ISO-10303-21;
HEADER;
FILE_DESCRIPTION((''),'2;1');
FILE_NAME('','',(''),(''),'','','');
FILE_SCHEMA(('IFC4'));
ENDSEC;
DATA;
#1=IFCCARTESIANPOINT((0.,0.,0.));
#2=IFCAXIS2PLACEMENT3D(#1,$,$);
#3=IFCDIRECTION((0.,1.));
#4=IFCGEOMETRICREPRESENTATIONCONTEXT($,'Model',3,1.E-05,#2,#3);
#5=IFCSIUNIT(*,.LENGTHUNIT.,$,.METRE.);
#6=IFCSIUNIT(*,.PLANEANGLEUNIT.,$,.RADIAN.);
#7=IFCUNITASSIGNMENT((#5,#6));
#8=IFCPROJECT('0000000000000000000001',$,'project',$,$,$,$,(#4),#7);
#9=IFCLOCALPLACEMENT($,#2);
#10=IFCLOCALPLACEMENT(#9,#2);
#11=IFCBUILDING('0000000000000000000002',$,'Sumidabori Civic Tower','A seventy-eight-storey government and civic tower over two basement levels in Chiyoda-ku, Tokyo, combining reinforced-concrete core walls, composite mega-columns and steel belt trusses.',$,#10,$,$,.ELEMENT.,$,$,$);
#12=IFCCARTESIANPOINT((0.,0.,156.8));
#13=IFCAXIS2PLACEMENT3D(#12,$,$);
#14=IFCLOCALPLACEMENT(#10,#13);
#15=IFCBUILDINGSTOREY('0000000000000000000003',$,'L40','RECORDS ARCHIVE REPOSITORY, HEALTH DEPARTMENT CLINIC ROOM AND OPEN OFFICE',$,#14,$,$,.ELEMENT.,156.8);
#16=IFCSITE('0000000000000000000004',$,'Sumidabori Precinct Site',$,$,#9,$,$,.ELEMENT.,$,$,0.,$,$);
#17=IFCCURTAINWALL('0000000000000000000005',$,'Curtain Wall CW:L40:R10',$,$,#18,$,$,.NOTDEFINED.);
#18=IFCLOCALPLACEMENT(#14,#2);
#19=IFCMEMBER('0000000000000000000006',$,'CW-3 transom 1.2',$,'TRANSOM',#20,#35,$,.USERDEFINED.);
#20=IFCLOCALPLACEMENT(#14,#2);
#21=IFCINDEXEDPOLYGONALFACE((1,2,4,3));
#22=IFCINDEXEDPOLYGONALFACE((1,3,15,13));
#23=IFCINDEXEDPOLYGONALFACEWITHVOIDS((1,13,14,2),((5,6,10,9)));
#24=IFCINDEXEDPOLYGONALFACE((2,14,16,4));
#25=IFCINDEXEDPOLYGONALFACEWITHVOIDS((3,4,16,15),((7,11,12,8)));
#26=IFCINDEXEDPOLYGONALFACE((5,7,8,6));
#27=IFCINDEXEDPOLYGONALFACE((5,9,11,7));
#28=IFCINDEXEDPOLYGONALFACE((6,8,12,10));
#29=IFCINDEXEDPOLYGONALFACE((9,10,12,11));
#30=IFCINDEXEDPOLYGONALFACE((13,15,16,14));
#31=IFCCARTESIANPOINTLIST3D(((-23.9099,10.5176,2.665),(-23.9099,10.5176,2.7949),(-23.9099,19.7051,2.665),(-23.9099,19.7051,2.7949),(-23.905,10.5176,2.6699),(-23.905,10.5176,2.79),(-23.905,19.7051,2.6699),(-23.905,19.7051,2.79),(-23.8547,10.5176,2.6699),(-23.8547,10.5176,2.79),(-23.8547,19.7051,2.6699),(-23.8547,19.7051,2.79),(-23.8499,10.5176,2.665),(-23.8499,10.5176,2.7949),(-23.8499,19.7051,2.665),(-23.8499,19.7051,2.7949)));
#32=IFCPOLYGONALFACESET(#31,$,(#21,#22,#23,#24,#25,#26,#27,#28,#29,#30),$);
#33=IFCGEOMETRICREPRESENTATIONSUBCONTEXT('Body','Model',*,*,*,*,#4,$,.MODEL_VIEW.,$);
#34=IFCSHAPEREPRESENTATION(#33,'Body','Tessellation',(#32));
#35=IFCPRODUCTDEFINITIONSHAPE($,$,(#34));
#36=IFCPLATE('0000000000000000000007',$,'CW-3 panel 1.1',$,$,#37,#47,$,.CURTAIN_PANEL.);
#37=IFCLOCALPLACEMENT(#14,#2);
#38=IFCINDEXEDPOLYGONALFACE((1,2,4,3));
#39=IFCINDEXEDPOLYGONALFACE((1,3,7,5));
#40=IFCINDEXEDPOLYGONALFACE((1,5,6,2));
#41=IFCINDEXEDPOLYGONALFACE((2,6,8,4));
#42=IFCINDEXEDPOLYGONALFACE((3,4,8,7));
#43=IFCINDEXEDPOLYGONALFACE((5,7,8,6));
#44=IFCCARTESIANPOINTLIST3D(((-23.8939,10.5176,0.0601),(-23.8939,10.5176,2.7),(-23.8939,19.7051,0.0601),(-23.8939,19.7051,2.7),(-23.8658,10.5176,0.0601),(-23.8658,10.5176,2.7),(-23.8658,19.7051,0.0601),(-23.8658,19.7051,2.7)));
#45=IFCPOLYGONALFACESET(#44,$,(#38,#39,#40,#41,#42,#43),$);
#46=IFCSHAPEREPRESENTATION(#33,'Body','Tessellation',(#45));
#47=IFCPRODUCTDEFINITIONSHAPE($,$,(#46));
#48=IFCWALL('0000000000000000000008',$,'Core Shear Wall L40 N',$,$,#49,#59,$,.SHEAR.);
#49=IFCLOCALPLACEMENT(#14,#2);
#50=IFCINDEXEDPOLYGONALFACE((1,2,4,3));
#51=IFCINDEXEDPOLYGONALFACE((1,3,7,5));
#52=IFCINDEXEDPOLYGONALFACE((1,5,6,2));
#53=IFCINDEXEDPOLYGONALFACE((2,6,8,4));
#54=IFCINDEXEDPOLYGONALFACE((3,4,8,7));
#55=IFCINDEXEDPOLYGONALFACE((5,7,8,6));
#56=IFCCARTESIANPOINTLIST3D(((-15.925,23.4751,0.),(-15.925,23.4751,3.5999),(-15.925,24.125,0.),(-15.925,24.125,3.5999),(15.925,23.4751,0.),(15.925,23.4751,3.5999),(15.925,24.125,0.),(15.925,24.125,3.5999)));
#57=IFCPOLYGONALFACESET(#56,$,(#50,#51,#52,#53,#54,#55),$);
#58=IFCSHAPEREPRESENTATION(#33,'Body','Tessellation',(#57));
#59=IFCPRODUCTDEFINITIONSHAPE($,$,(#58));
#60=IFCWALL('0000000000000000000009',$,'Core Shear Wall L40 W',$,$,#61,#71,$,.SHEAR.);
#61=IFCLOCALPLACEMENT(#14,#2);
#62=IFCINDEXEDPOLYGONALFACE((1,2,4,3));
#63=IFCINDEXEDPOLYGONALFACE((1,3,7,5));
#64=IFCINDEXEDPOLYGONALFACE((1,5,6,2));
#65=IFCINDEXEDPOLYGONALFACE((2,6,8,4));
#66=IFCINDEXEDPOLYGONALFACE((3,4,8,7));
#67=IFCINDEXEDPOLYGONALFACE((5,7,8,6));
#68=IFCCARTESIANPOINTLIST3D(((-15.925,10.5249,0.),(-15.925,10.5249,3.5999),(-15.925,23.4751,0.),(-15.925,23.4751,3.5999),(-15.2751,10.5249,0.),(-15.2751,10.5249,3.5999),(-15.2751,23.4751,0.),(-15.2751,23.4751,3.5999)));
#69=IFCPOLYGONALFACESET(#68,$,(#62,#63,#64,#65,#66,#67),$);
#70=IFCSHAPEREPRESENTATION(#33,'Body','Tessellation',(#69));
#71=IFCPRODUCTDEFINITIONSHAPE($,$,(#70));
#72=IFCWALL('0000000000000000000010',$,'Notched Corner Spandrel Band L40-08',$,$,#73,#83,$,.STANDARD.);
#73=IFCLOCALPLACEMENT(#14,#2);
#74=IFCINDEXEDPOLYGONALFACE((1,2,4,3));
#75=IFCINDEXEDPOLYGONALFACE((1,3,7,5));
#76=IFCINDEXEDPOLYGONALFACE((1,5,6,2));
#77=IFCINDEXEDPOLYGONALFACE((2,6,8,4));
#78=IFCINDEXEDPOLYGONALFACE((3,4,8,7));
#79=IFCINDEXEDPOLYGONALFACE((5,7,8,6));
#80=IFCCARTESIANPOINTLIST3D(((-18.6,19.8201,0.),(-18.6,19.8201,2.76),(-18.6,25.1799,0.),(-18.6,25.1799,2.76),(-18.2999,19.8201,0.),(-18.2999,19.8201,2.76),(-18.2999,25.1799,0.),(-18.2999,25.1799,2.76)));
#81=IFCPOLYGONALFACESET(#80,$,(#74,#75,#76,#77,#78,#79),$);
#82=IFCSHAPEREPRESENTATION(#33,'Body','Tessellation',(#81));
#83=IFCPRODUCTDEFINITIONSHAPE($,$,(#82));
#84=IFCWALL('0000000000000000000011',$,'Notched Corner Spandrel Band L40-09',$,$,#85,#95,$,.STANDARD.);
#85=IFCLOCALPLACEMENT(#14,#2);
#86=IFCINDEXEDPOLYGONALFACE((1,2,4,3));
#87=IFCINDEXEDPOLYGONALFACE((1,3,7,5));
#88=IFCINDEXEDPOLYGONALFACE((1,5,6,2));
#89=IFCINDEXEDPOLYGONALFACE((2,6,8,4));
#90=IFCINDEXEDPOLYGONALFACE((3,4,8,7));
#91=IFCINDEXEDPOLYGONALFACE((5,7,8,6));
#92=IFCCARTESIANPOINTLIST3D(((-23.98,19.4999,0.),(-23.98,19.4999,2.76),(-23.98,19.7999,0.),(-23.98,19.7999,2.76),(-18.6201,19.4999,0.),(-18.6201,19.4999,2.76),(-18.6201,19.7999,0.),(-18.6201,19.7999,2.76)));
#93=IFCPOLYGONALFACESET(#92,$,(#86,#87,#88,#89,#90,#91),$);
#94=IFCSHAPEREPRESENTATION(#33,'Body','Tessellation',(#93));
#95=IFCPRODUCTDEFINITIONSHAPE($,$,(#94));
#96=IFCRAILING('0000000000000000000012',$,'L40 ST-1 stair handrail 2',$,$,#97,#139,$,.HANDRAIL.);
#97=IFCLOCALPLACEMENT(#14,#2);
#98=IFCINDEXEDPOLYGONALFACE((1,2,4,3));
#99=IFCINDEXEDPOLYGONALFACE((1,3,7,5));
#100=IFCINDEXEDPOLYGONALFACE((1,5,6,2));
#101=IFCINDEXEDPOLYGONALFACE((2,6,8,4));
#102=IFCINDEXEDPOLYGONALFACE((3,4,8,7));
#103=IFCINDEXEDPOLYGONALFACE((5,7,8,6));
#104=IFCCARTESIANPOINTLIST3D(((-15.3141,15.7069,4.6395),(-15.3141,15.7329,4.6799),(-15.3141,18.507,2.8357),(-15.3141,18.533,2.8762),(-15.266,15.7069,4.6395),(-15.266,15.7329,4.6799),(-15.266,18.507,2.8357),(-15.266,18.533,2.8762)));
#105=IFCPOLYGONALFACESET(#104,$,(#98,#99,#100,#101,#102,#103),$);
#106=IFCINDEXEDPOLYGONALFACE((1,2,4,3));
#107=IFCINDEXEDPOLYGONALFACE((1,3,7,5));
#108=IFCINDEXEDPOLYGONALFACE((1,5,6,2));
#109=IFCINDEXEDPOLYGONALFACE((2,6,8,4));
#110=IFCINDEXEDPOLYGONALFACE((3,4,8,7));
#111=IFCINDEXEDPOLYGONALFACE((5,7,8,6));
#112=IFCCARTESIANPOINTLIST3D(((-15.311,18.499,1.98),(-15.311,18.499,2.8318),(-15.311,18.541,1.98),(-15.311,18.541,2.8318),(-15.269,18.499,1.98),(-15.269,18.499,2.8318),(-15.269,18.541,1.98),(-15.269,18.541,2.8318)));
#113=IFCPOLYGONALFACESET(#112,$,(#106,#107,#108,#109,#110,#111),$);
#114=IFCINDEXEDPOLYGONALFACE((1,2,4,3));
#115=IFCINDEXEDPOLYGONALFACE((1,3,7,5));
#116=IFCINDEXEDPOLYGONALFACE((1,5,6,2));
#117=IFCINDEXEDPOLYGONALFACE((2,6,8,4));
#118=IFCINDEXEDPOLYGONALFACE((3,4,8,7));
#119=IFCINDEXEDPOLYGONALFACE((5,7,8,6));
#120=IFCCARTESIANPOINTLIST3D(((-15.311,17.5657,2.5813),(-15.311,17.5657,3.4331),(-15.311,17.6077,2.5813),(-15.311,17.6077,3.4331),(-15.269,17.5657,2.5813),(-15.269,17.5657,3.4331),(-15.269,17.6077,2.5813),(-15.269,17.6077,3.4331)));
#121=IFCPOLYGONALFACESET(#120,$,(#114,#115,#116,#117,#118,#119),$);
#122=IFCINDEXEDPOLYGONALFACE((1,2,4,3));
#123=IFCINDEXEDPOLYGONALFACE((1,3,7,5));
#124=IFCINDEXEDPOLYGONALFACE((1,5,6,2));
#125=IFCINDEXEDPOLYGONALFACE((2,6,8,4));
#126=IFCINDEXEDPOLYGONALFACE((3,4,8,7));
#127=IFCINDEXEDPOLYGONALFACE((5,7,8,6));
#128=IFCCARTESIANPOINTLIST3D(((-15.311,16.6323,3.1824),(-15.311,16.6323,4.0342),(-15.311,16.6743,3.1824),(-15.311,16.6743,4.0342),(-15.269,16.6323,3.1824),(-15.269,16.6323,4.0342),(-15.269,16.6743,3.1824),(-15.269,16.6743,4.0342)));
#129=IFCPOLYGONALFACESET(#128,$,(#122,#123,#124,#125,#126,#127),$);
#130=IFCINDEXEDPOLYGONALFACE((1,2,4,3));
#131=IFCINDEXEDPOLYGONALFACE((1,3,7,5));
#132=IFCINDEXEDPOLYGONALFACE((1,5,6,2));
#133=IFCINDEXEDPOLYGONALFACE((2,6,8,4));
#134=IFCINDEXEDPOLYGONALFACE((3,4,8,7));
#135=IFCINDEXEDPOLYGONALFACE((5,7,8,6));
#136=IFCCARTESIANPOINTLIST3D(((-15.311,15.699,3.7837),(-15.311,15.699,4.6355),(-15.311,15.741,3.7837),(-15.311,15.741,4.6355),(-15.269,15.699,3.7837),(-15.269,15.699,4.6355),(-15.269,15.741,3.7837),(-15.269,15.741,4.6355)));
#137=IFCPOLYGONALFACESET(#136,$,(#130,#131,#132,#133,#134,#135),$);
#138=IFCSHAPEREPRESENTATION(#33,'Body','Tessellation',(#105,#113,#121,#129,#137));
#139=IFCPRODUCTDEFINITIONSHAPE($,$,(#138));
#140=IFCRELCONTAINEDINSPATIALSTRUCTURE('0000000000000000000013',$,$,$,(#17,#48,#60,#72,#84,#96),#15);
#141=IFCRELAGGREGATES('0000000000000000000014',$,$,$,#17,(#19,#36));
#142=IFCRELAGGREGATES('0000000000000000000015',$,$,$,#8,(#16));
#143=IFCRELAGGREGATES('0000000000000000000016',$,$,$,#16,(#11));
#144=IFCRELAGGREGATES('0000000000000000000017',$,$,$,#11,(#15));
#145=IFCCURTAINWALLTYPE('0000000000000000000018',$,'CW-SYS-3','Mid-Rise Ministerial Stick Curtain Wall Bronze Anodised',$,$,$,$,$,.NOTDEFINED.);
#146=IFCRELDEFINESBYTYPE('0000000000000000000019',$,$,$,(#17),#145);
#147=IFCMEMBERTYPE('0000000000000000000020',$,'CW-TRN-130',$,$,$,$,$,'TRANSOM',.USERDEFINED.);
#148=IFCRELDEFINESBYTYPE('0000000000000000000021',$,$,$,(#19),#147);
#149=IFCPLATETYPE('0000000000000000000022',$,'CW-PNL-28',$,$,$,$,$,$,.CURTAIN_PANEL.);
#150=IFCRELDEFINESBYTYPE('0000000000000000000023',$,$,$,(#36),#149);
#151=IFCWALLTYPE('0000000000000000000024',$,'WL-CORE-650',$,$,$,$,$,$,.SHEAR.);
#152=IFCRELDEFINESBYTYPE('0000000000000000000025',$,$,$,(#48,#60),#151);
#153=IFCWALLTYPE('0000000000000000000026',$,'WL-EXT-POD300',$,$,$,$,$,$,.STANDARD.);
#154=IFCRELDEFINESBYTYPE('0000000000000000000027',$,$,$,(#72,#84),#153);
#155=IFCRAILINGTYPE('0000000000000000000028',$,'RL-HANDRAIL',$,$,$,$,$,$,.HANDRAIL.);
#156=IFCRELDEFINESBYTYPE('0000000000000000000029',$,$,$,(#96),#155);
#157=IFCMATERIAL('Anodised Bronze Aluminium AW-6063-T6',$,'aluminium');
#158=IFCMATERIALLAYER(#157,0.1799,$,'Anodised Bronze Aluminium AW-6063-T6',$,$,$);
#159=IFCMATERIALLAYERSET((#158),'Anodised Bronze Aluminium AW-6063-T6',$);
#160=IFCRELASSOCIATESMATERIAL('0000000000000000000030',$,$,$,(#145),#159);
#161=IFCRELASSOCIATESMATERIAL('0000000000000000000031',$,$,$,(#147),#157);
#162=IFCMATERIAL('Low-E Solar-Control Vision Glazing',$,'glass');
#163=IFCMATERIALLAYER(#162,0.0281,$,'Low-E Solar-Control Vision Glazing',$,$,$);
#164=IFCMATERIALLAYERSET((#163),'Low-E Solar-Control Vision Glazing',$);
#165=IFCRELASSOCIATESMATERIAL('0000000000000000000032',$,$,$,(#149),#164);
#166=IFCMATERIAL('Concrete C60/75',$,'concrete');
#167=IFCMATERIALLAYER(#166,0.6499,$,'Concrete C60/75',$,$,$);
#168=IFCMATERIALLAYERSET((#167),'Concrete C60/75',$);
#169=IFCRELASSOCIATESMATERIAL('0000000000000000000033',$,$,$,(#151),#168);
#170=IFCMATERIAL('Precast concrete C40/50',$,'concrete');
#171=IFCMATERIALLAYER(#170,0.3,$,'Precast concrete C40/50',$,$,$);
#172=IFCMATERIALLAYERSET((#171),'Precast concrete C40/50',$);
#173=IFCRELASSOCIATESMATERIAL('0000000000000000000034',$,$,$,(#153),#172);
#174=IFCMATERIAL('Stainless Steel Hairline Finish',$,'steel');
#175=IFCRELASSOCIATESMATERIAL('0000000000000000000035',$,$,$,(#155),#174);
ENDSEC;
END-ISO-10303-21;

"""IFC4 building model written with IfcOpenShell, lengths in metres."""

from ifc_helpers import new_model, si_unit, direction, frame, frame_2d, origin, origin_2d, place, context, subcontext, project, spatial, rectangle, hollow_rectangle, extrude, source, transform, mapped, material, layer, layer_set, material_profile, profile_set, type_object, element, aggregate, save


model = new_model("IFC4")

# Units and contexts
model_context = context("Model", 3, precision=1e-05, world=origin(), true_north=direction((0.0, 1.0)))
body_context = subcontext(model_context, "Body", "Model", "MODEL_VIEW")
ifc_project = project(units=[si_unit("LENGTHUNIT", "METRE"), si_unit("PLANEANGLEUNIT", "RADIAN")], contexts=[model_context])

# Site, building, storey
site_placement = place(None, origin())
site = spatial("IfcSite", under=ifc_project, at=site_placement, Name="Sumidabori Precinct Site", CompositionType="ELEMENT", RefElevation=0.0)
building_placement = place(site_placement, origin())
building = spatial("IfcBuilding", under=site, at=building_placement, Name="Sumidabori Civic Tower", Description="A seventy-eight-storey government and civic tower over two basement levels in Chiyoda-ku, Tokyo, combining reinforced-concrete core walls, composite mega-columns and steel belt trusses.", CompositionType="ELEMENT")
storey_placement = place(building_placement, frame((0.0, 0.0, 156.8)))
storey = spatial("IfcBuildingStorey", under=building, at=storey_placement, Name="L40", Description="RECORDS ARCHIVE REPOSITORY, HEALTH DEPARTMENT CLINIC ROOM AND OPEN OFFICE", CompositionType="ELEMENT", Elevation=156.8)

# Shared definitions
ifc_material_1 = material(Name="Concrete C60/75", Category="concrete")

# Shared definitions
ifc_material_2 = material(Name="Anodised Bronze Aluminium AW-6063-T6", Category="aluminium")
ifc_layer_1 = layer(ifc_material_2, 0.1799, Name="Anodised Bronze Aluminium AW-6063-T6")
ifc_layer_set_1 = layer_set([ifc_layer_1], Name="Anodised Bronze Aluminium AW-6063-T6")
curtain_wall_type = type_object("IfcCurtainWallType", Name="CW-SYS-3", Description="Mid-Rise Ministerial Stick Curtain Wall Bronze Anodised", PredefinedType="NOTDEFINED", material=ifc_layer_set_1)

# Curtain wall, member, plate
curtain_wall_1_placement = place(storey_placement, origin())
curtain_wall_1 = element("IfcCurtainWall", 1, at=curtain_wall_1_placement, inside=storey, type_object=curtain_wall_type, Name="Curtain Wall CW:L40:R10", PredefinedType="NOTDEFINED")
ifc_material_profile_1 = material_profile(ifc_material_2, hollow_rectangle(XDim=0.0601, YDim=0.1299, WallThickness=0.0049, at=origin_2d()), Name="ALU TRANSOM 130x60")
ifc_profile_set_1 = profile_set([ifc_material_profile_1], Name="Anodised Bronze Aluminium AW-6063-T6")
member_type_1 = type_object("IfcMemberType", Name="CW-TRN-130", ElementType="TRANSOM", PredefinedType="USERDEFINED", material=ifc_profile_set_1)
shared_shape_1 = source(origin(), body_context, "Body", "SweptSolid", [
    extrude(hollow_rectangle(XDim=0.0601, YDim=0.1299, WallThickness=0.0049, at=origin_2d()), origin(), (0.0, 0.0, 1.0), 9.1875),
])
member_1_placement = place(storey_placement, frame((-23.8799, 19.7051, 2.73), z_axis=(0.0, -1.0, 0.0), x_axis=(1.0, 0.0, 0.0)))
member_1 = element("IfcMember", 2, at=member_1_placement, type_object=member_type_1, Name="CW-3 transom 1.2", ObjectType="TRANSOM", PredefinedType="USERDEFINED", context=body_context, shape_type="MappedRepresentation", body=[
    mapped(shared_shape_1, transform((0.0, 0.0, 0.0), x_axis=(1.0, 0.0, 0.0), y_axis=(0.0, 1.0, 0.0), z_axis=(0.0, 0.0, 1.0), scale=1.0)),
])
ifc_material_3 = material(Name="Low-E Solar-Control Vision Glazing", Category="glass")
ifc_layer_2 = layer(ifc_material_3, 0.0281, Name="Low-E Solar-Control Vision Glazing")
ifc_layer_set_2 = layer_set([ifc_layer_2], Name="Low-E Solar-Control Vision Glazing")
plate_type = type_object("IfcPlateType", Name="CW-PNL-28", PredefinedType="CURTAIN_PANEL", material=ifc_layer_set_2)
shared_shape_2 = source(origin(), body_context, "Body", "SweptSolid", [
    extrude(rectangle(XDim=9.1875, YDim=0.0281, at=origin_2d()), origin(), (0.0, 0.0, 1.0), 2.6399),
])
plate_placement = place(storey_placement, frame((-23.8799, 15.1113, 0.0601), z_axis=(0.0, 0.0, 1.0), x_axis=(0.0, -1.0, 0.0)))
plate = element("IfcPlate", 3, at=plate_placement, type_object=plate_type, Name="CW-3 panel 1.1", PredefinedType="CURTAIN_PANEL", context=body_context, shape_type="MappedRepresentation", body=[
    mapped(shared_shape_2, transform((0.0, 0.0, 0.0), x_axis=(1.0, 0.0, 0.0), y_axis=(0.0, 1.0, 0.0), z_axis=(0.0, 0.0, 1.0), scale=1.0)),
])
aggregate(curtain_wall_1, [member_1, plate])

# Walls
ifc_layer_3 = layer(ifc_material_1, 0.6499, Name="Concrete C60/75")
ifc_layer_set_3 = layer_set([ifc_layer_3], Name="Concrete C60/75")
wall_type_1 = type_object("IfcWallType", Name="WL-CORE-650", PredefinedType="SHEAR", material=ifc_layer_set_3)
shared_shape_3 = source(origin(), body_context, "Body", "SweptSolid", [
    extrude(rectangle(XDim=31.8501, YDim=0.6499, at=frame_2d((15.925, 0.0))), origin(), (0.0, 0.0, 1.0), 3.5999),
])
wall_1_placement = place(storey_placement, frame((-15.925, 23.8, 0.0), z_axis=(0.0, 0.0, 1.0), x_axis=(1.0, 0.0, 0.0)))
element("IfcWall", 4, at=wall_1_placement, inside=storey, type_object=wall_type_1, Name="Core Shear Wall L40 N", PredefinedType="SHEAR", context=body_context, shape_type="MappedRepresentation", body=[
    mapped(shared_shape_3, transform((0.0, 0.0, 0.0), x_axis=(1.0, 0.0, 0.0), y_axis=(0.0, 1.0, 0.0), z_axis=(0.0, 0.0, 1.0), scale=1.0)),
])
shared_shape_4 = source(origin(), body_context, "Body", "SweptSolid", [
    extrude(rectangle(XDim=12.9502, YDim=0.6499, at=frame_2d((6.4751, 0.0))), origin(), (0.0, 0.0, 1.0), 3.5999),
])
wall_2_placement = place(storey_placement, frame((-15.6001, 10.5249, 0.0), z_axis=(0.0, 0.0, 1.0), x_axis=(0.0, 1.0, 0.0)))
element("IfcWall", 5, at=wall_2_placement, inside=storey, type_object=wall_type_1, Name="Core Shear Wall L40 W", PredefinedType="SHEAR", context=body_context, shape_type="MappedRepresentation", body=[
    mapped(shared_shape_4, transform((0.0, 0.0, 0.0), x_axis=(1.0, 0.0, 0.0), y_axis=(0.0, 1.0, 0.0), z_axis=(0.0, 0.0, 1.0), scale=1.0)),
])
ifc_material_4 = material(Name="Precast concrete C40/50", Category="concrete")
ifc_layer_4 = layer(ifc_material_4, 0.3, Name="Precast concrete C40/50")
ifc_layer_set_4 = layer_set([ifc_layer_4], Name="Precast concrete C40/50")
wall_type_2 = type_object("IfcWallType", Name="WL-EXT-POD300", PredefinedType="STANDARD", material=ifc_layer_set_4)
shared_shape_5 = source(origin(), body_context, "Body", "SweptSolid", [
    extrude(rectangle(XDim=5.3599, YDim=0.3, at=frame_2d((2.6799, 0.0))), origin(), (0.0, 0.0, 1.0), 2.76),
])
for number, where, z_axis, x_axis, name in (
    (6, (-18.45, 25.1799, 0.0), (0.0, 0.0, 1.0), (0.0, -1.0, 0.0), "Notched Corner Spandrel Band L40-08"),
    (7, (-18.6201, 19.6499, 0.0), (0.0, 0.0, 1.0), (-1.0, 0.0, 0.0), "Notched Corner Spandrel Band L40-09"),
):
    element("IfcWall", number, at=place(storey_placement, frame(where, z_axis=z_axis, x_axis=x_axis)), inside=storey, type_object=wall_type_2, Name=name, PredefinedType="STANDARD", context=body_context, shape_type="MappedRepresentation", body=[
        mapped(shared_shape_5, transform((0.0, 0.0, 0.0), x_axis=(1.0, 0.0, 0.0), y_axis=(0.0, 1.0, 0.0), z_axis=(0.0, 0.0, 1.0), scale=1.0)),
    ])

# Railing
ifc_material_5 = material(Name="Stainless Steel Hairline Finish", Category="steel")
railing_type = type_object("IfcRailingType", Name="RL-HANDRAIL", PredefinedType="HANDRAIL", material=ifc_material_5)
railing_placement = place(storey_placement, frame((-15.29, 18.52, 1.98)))
element("IfcRailing", 8, at=railing_placement, inside=storey, type_object=railing_type, Name="L40 ST-1 stair handrail 2", PredefinedType="HANDRAIL", context=body_context, shape_type="SweptSolid", body=[
    extrude(rectangle(XDim=0.0481, YDim=0.0481, at=origin_2d()), frame((0.0, 0.0, 0.876), z_axis=(0.0, -0.840676, 0.541539), x_axis=(1.0, 0.0, 0.0)), (0.0, 0.0, 1.0), 3.3308),
    extrude(rectangle(XDim=0.042, YDim=0.042, at=origin_2d()), origin(), (0.0, 0.0, 1.0), 0.8518),
    extrude(rectangle(XDim=0.042, YDim=0.042, at=origin_2d()), frame((0.0, -0.9333, 0.6013)), (0.0, 0.0, 1.0), 0.8518),
    extrude(rectangle(XDim=0.042, YDim=0.042, at=origin_2d()), frame((0.0, -1.8667, 1.2024)), (0.0, 0.0, 1.0), 0.8518),
    extrude(rectangle(XDim=0.042, YDim=0.042, at=origin_2d()), frame((0.0, -2.8, 1.8037)), (0.0, 0.0, 1.0), 0.8518),
])

save(model, "model.ifc")
